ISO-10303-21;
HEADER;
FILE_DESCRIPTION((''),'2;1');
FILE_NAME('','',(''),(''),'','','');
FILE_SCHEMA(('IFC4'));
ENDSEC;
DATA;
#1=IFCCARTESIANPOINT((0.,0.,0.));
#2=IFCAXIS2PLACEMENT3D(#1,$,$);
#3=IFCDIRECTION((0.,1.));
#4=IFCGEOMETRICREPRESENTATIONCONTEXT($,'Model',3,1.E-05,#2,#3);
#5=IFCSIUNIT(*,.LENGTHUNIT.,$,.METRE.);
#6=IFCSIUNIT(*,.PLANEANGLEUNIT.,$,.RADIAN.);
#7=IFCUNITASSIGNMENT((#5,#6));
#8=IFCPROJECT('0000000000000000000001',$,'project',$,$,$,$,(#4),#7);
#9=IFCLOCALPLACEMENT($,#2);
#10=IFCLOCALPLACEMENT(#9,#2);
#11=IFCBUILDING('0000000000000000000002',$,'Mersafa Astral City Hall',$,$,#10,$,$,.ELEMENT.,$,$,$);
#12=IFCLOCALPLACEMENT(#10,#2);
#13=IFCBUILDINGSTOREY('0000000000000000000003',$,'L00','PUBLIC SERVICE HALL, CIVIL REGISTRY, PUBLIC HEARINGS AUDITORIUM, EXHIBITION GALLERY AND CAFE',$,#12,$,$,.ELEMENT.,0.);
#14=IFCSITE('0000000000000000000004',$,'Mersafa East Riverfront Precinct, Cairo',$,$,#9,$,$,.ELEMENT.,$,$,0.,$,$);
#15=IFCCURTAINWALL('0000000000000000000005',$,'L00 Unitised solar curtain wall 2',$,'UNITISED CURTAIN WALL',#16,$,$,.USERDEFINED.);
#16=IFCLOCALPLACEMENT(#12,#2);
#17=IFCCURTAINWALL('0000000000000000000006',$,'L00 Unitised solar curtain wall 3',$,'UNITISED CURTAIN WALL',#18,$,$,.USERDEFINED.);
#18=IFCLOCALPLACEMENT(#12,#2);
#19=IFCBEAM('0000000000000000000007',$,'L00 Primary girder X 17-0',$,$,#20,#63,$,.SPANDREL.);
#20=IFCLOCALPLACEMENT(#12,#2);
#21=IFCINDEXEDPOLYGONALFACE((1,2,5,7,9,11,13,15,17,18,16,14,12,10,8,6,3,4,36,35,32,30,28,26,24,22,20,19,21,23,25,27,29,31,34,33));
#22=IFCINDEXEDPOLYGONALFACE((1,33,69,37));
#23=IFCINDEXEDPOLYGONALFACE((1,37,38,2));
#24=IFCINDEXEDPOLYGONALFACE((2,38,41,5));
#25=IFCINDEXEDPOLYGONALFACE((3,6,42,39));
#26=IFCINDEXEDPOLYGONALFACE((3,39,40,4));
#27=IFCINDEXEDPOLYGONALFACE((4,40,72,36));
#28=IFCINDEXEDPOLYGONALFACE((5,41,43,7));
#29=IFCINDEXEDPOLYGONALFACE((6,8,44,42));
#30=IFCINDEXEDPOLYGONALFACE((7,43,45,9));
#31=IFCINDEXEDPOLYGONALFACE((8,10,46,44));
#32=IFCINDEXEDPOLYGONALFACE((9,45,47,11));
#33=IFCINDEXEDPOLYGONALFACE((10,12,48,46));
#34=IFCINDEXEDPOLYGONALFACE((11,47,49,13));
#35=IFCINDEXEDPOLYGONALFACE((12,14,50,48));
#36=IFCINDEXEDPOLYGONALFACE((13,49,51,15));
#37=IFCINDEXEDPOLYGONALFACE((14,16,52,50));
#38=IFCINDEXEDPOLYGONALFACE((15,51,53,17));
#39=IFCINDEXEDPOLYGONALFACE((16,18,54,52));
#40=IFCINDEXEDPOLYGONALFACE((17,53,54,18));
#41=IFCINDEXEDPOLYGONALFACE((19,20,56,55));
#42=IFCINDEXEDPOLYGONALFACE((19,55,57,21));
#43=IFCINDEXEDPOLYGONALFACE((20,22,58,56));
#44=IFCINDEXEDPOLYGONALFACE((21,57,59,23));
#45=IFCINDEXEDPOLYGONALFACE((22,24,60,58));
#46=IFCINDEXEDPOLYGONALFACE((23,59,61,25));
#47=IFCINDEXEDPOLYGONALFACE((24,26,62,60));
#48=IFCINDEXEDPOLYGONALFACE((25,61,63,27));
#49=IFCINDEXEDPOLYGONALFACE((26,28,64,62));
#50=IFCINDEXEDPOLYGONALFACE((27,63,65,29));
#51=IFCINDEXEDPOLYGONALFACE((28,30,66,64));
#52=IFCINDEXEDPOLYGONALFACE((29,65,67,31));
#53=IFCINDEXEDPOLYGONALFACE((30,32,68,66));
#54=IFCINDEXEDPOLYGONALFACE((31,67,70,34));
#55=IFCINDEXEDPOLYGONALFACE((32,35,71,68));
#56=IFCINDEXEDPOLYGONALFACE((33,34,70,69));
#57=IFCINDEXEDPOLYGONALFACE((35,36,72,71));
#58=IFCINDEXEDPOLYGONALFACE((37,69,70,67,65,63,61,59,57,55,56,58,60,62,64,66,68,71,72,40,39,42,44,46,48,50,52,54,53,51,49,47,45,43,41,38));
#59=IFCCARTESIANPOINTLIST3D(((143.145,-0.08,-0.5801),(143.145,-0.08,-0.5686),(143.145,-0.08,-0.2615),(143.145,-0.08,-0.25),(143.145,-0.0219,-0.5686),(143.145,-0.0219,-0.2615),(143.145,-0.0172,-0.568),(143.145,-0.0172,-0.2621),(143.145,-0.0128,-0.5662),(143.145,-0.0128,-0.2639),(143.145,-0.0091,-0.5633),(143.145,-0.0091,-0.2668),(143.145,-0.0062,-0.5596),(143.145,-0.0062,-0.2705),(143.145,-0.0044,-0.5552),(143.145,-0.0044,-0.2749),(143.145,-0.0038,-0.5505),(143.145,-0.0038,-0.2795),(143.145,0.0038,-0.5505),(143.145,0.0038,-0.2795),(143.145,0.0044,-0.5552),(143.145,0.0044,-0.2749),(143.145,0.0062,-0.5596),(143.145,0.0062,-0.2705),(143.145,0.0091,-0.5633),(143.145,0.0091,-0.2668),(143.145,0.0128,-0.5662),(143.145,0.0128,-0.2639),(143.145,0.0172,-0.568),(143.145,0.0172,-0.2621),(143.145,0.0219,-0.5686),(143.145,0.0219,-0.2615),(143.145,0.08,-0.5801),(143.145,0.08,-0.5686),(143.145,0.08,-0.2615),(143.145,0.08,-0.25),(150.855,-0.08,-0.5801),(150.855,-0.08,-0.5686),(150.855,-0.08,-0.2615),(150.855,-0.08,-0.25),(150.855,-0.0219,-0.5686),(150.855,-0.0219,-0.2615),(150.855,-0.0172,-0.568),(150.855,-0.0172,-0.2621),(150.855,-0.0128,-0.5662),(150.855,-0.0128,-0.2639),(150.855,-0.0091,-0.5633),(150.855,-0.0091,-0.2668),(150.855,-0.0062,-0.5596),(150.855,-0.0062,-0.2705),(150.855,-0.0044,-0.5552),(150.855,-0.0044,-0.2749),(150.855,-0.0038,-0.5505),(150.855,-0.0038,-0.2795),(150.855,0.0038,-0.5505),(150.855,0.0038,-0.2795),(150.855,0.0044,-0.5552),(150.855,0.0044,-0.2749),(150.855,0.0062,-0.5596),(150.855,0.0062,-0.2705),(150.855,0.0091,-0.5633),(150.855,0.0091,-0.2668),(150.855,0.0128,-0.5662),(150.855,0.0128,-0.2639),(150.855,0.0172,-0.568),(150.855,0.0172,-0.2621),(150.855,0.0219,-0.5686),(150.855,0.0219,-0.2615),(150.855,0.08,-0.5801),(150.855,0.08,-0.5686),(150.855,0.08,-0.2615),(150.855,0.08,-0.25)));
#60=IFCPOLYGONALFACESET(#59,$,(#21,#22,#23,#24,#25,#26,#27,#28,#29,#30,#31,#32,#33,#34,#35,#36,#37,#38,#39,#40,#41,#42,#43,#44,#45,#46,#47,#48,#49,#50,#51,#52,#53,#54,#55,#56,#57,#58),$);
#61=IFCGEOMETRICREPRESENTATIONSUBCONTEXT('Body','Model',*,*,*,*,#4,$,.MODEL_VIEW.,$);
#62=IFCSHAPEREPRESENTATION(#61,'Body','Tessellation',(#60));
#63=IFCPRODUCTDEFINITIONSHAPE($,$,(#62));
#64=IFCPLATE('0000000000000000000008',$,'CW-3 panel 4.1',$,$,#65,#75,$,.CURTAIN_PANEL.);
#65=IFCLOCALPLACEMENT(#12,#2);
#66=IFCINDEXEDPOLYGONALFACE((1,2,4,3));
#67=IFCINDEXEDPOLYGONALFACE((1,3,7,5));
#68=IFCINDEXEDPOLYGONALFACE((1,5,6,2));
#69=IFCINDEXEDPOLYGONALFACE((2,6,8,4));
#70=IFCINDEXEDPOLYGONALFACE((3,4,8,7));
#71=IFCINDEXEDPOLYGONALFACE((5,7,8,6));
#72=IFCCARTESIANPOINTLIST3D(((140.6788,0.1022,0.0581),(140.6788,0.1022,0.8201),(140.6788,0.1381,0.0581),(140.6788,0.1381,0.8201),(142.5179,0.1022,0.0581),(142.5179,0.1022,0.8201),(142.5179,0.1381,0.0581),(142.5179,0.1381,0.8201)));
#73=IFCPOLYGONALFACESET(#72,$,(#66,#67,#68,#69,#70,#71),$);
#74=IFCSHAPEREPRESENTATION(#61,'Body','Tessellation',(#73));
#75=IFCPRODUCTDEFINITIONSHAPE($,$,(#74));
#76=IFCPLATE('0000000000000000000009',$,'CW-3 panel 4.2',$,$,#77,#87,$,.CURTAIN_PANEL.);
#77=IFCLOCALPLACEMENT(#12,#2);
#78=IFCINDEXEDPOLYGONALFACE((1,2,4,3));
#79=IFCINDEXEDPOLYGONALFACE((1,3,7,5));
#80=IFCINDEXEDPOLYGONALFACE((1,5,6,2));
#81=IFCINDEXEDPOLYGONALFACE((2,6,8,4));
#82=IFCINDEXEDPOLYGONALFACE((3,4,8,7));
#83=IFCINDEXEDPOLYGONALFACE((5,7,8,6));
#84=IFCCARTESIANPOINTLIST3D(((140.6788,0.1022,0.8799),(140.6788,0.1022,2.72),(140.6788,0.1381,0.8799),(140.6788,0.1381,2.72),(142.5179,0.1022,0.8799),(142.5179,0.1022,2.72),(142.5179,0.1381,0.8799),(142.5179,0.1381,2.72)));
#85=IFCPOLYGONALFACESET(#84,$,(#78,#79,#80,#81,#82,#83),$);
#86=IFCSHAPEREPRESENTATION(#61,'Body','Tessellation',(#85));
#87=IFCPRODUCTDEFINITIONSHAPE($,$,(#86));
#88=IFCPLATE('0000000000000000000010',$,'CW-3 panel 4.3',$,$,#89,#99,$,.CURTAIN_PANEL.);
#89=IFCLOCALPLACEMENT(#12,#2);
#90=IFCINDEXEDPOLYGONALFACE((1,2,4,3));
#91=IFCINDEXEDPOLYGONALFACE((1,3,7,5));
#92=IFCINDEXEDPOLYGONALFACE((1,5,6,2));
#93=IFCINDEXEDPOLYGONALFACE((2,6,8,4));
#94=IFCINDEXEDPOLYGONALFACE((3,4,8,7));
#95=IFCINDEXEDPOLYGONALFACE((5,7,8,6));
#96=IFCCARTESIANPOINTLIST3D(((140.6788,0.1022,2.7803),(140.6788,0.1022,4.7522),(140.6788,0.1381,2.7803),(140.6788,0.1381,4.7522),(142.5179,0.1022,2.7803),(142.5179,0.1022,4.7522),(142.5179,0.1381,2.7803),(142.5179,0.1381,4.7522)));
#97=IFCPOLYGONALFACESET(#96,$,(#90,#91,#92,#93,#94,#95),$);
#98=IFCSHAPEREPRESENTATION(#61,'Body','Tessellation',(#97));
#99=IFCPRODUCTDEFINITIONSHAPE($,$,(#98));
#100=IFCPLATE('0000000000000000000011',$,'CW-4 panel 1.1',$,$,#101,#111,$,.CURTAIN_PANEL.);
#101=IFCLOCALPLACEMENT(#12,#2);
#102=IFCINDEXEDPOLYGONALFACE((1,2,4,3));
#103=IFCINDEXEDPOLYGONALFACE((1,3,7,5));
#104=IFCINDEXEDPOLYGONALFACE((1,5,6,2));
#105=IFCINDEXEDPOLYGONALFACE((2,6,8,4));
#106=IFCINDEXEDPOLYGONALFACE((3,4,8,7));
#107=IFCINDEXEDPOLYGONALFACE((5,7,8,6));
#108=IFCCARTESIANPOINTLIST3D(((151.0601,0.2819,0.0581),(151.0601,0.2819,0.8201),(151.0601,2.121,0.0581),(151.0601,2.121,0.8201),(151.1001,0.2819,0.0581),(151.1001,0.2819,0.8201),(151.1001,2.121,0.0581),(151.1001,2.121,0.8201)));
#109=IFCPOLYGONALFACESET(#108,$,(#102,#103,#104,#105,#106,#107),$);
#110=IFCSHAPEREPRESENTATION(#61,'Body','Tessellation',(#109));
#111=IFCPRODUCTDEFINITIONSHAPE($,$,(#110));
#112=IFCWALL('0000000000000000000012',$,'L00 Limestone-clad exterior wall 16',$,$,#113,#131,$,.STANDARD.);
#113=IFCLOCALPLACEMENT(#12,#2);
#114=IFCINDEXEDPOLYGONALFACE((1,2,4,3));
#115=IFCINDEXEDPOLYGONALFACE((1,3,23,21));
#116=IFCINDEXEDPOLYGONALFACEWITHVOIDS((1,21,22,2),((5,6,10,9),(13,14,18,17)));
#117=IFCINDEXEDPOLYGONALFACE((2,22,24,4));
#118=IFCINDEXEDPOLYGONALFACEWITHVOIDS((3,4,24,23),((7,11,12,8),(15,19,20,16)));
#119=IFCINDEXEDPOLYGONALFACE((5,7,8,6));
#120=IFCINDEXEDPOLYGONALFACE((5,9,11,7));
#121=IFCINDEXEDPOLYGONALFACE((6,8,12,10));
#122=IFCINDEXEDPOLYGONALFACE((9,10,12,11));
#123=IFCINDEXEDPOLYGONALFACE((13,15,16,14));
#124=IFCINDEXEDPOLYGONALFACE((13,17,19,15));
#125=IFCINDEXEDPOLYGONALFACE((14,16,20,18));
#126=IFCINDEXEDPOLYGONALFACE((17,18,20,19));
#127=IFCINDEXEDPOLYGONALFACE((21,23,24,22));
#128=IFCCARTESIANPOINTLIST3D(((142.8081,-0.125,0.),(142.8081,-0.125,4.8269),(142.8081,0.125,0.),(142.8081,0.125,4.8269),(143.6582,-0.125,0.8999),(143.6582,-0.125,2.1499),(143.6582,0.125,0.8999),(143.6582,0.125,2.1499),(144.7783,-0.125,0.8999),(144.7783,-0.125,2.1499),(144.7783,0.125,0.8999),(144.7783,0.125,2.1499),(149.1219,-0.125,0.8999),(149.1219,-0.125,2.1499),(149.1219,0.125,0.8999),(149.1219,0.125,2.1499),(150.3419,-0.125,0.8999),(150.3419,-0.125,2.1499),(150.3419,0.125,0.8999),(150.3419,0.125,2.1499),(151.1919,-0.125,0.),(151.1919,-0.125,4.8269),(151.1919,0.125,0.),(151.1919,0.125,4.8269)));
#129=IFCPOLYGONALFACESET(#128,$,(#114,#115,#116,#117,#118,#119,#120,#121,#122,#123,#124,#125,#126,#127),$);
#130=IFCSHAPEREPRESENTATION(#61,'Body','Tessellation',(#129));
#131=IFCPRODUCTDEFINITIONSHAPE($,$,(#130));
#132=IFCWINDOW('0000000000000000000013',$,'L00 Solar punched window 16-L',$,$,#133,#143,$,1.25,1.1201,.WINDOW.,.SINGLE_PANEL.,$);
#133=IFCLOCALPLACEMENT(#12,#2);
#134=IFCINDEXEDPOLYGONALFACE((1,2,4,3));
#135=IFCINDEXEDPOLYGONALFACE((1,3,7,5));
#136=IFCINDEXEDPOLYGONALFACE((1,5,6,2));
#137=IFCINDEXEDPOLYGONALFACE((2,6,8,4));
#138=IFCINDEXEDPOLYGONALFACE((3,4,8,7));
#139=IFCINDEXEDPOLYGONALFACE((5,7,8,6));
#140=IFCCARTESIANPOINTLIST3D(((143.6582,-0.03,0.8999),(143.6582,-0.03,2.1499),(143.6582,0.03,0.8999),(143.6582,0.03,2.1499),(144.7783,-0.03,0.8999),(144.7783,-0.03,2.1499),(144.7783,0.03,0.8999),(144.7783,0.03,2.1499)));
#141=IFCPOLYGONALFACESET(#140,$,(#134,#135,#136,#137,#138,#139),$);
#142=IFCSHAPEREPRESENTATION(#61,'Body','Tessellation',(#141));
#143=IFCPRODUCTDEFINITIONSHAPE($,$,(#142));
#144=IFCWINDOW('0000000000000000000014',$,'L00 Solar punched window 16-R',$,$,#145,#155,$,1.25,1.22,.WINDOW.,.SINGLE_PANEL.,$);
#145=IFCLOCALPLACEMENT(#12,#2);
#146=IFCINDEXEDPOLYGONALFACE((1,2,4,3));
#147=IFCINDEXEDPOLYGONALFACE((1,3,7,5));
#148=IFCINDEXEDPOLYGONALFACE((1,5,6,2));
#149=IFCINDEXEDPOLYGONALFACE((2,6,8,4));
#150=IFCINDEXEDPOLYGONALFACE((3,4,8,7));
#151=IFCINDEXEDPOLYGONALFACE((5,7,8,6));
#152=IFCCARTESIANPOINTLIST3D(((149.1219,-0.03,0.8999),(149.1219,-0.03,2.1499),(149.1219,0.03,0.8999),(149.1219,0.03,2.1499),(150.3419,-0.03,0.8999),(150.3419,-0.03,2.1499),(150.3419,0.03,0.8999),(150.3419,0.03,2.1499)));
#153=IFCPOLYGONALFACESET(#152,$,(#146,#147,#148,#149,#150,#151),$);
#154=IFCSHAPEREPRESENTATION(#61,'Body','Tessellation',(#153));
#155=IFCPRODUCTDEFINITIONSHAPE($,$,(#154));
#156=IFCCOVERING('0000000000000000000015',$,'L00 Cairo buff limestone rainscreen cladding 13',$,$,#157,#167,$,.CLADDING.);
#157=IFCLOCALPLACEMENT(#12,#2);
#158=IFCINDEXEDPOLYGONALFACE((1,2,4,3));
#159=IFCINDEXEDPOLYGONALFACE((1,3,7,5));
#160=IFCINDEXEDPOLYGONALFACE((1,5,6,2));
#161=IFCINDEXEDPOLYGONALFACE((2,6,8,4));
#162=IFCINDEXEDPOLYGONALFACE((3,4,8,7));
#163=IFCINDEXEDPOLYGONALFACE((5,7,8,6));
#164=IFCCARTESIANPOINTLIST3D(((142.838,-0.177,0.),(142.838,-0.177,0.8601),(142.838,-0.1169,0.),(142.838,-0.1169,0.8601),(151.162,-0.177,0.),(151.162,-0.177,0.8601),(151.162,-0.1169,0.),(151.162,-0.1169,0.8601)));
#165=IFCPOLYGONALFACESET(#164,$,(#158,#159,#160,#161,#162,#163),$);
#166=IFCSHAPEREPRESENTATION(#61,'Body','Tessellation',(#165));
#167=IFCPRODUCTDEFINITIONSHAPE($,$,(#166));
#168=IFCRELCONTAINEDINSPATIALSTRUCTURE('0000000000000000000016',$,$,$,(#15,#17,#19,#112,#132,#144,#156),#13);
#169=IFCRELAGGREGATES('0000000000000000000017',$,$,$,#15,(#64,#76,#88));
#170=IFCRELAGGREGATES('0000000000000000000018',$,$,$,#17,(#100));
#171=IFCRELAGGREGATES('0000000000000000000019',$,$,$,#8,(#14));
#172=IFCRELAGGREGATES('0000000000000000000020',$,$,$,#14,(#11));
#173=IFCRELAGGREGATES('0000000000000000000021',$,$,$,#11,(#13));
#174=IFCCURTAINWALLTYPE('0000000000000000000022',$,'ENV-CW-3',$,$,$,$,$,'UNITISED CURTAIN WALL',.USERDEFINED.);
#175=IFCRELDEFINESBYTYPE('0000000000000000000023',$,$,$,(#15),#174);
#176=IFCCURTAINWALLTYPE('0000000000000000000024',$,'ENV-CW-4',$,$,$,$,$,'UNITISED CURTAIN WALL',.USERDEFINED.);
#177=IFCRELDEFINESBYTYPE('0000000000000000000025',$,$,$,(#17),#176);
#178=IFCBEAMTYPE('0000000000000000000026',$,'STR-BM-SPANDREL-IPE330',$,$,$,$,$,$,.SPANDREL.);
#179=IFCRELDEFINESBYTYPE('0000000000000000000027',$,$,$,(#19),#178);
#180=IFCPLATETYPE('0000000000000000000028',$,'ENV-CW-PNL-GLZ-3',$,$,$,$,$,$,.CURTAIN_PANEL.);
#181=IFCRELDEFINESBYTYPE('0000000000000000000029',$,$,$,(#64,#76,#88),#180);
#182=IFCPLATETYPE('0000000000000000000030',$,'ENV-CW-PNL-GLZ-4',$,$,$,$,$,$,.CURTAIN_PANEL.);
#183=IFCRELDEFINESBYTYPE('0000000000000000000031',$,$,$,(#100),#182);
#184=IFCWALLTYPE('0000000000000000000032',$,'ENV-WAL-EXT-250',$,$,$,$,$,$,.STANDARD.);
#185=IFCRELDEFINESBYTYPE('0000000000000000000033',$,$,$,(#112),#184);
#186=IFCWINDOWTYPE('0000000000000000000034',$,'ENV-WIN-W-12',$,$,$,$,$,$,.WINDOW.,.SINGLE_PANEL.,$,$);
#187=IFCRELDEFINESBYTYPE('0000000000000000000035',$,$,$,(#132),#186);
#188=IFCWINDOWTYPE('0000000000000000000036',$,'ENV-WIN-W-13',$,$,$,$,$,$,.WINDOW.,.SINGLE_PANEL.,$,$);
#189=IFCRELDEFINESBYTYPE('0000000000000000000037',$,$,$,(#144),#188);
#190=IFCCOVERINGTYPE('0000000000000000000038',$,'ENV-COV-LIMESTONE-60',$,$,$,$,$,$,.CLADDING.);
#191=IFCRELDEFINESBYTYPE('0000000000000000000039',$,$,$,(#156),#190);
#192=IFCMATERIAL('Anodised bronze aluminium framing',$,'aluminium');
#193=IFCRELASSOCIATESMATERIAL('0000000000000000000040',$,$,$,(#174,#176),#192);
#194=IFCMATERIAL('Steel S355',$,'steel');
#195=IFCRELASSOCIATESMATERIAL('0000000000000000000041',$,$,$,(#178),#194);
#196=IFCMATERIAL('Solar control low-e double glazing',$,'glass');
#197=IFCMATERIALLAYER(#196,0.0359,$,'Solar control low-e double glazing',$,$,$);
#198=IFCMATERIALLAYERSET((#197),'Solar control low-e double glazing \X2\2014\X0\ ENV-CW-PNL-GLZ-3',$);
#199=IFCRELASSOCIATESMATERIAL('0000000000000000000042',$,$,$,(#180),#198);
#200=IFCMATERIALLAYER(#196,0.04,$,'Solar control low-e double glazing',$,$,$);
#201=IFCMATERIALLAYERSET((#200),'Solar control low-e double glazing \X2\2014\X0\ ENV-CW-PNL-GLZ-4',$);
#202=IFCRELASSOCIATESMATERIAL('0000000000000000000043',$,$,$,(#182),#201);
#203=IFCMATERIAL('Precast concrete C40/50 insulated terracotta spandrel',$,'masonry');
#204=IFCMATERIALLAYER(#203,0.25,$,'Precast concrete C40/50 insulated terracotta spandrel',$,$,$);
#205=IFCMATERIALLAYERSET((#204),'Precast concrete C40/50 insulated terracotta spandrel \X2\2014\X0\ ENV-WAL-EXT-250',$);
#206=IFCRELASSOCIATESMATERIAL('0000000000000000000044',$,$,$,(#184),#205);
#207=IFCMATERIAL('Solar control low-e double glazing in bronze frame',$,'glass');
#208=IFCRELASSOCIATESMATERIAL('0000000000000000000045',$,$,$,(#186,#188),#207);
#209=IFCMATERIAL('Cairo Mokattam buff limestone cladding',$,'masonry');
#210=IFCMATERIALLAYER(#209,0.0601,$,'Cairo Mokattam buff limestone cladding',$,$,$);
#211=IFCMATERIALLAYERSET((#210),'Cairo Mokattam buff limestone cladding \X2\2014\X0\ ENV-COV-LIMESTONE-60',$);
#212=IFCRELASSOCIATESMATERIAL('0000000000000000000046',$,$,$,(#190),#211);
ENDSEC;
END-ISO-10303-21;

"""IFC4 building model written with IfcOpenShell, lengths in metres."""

from ifc_helpers import new_model, si_unit, direction, frame, frame_2d, origin, origin_2d, place, context, subcontext, project, spatial, rectangle, i_section, extrude, material, layer, layer_set, material_profile, profile_set, type_object, element, fill, aggregate, save


model = new_model("IFC4")

# Units and contexts
model_context = context("Model", 3, precision=1e-05, world=origin(), true_north=direction((0.0, 1.0)))
body_context = subcontext(model_context, "Body", "Model", "MODEL_VIEW")
ifc_project = project(units=[si_unit("LENGTHUNIT", "METRE"), si_unit("PLANEANGLEUNIT", "RADIAN")], contexts=[model_context])

# Site, building, storey
site_placement = place(None, origin())
site = spatial("IfcSite", under=ifc_project, at=site_placement, Name="Mersafa East Riverfront Precinct, Cairo", CompositionType="ELEMENT", RefElevation=0.0)
building_placement = place(site_placement, origin())
building = spatial("IfcBuilding", under=site, at=building_placement, Name="Mersafa Astral City Hall", CompositionType="ELEMENT")
storey_placement = place(building_placement, origin())
storey = spatial("IfcBuildingStorey", under=building, at=storey_placement, Name="L00", Description="PUBLIC SERVICE HALL, CIVIL REGISTRY, PUBLIC HEARINGS AUDITORIUM, EXHIBITION GALLERY AND CAFE", CompositionType="ELEMENT", Elevation=0.0)

# Shared definitions
ifc_material_1 = material(Name="Steel S355", Category="steel")

# Curtain walls
ifc_material_2 = material(Name="Anodised bronze aluminium framing", Category="aluminium")
curtain_wall_type_1 = type_object("IfcCurtainWallType", Name="ENV-CW-3", ElementType="UNITISED CURTAIN WALL", PredefinedType="USERDEFINED", material=ifc_material_2)
curtain_wall_1_placement = place(storey_placement, origin())
curtain_wall_1 = element("IfcCurtainWall", 1, at=curtain_wall_1_placement, inside=storey, type_object=curtain_wall_type_1, Name="L00 Unitised solar curtain wall 2", ObjectType="UNITISED CURTAIN WALL", PredefinedType="USERDEFINED")
curtain_wall_type_2 = type_object("IfcCurtainWallType", Name="ENV-CW-4", ElementType="UNITISED CURTAIN WALL", PredefinedType="USERDEFINED", material=ifc_material_2)
curtain_wall_2_placement = place(storey_placement, origin())
curtain_wall_2 = element("IfcCurtainWall", 2, at=curtain_wall_2_placement, inside=storey, type_object=curtain_wall_type_2, Name="L00 Unitised solar curtain wall 3", ObjectType="UNITISED CURTAIN WALL", PredefinedType="USERDEFINED")

# Beam
ifc_material_profile_1 = material_profile(ifc_material_1, i_section(OverallWidth=0.1599, OverallDepth=0.3301, WebThickness=0.0076, FlangeThickness=0.0115, FilletRadius=0.0181, at=origin_2d()), Name="IPE 330")
ifc_profile_set_1 = profile_set([ifc_material_profile_1], Name="Steel S355")
beam_type_1 = type_object("IfcBeamType", Name="STR-BM-SPANDREL-IPE330", PredefinedType="SPANDREL", material=ifc_profile_set_1)
beam_1_placement = place(storey_placement, frame((143.145, 0.0, -0.415), z_axis=(1.0, 0.0, 0.0), x_axis=(0.0, 1.0, 0.0)))
element("IfcBeam", 3, at=beam_1_placement, inside=storey, type_object=beam_type_1, Name="L00 Primary girder X 17-0", PredefinedType="SPANDREL", context=body_context, shape_type="SweptSolid", body=[
    extrude(i_section(OverallWidth=0.1599, OverallDepth=0.3301, WebThickness=0.0076, FlangeThickness=0.0115, FilletRadius=0.0181, at=origin_2d()), origin(), (0.0, 0.0, 1.0), 7.71),
])

# Plates
ifc_material_3 = material(Name="Solar control low-e double glazing", Category="glass")
ifc_layer_1 = layer(ifc_material_3, 0.0359, Name="Solar control low-e double glazing")
ifc_layer_set_1 = layer_set([ifc_layer_1], Name="Solar control low-e double glazing — ENV-CW-PNL-GLZ-3")
plate_type_1 = type_object("IfcPlateType", Name="ENV-CW-PNL-GLZ-3", PredefinedType="CURTAIN_PANEL", material=ifc_layer_set_1)
plate_1_placement = place(storey_placement, frame((141.5984, 0.1201, 0.0581), z_axis=(0.0, 0.0, 1.0), x_axis=(1.0, 0.0, 0.0)))
plate_1 = element("IfcPlate", 4, at=plate_1_placement, type_object=plate_type_1, Name="CW-3 panel 4.1", PredefinedType="CURTAIN_PANEL", context=body_context, shape_type="SweptSolid", body=[
    extrude(rectangle(XDim=1.8391, YDim=0.0359, at=origin_2d()), origin(), (0.0, 0.0, 1.0), 0.762),
])
plate_2_placement = place(storey_placement, frame((141.5984, 0.1201, 0.8799), z_axis=(0.0, 0.0, 1.0), x_axis=(1.0, 0.0, 0.0)))
plate_2 = element("IfcPlate", 5, at=plate_2_placement, type_object=plate_type_1, Name="CW-3 panel 4.2", PredefinedType="CURTAIN_PANEL", context=body_context, shape_type="SweptSolid", body=[
    extrude(rectangle(XDim=1.8391, YDim=0.0359, at=origin_2d()), origin(), (0.0, 0.0, 1.0), 1.8401),
])
plate_3_placement = place(storey_placement, frame((141.5984, 0.1201, 2.7803), z_axis=(0.0, 0.0, 1.0), x_axis=(1.0, 0.0, 0.0)))
plate_3 = element("IfcPlate", 6, at=plate_3_placement, type_object=plate_type_1, Name="CW-3 panel 4.3", PredefinedType="CURTAIN_PANEL", context=body_context, shape_type="SweptSolid", body=[
    extrude(rectangle(XDim=1.8391, YDim=0.0359, at=origin_2d()), origin(), (0.0, 0.0, 1.0), 1.9719),
])
aggregate(curtain_wall_1, [plate_1, plate_2, plate_3])
ifc_layer_2 = layer(ifc_material_3, 0.04, Name="Solar control low-e double glazing")
ifc_layer_set_2 = layer_set([ifc_layer_2], Name="Solar control low-e double glazing — ENV-CW-PNL-GLZ-4")
plate_type_2 = type_object("IfcPlateType", Name="ENV-CW-PNL-GLZ-4", PredefinedType="CURTAIN_PANEL", material=ifc_layer_set_2)
plate_4_placement = place(storey_placement, frame((151.0801, 1.2014, 0.0581), z_axis=(0.0, 0.0, 1.0), x_axis=(0.0, 1.0, 0.0)))
plate_4 = element("IfcPlate", 7, at=plate_4_placement, type_object=plate_type_2, Name="CW-4 panel 1.1", PredefinedType="CURTAIN_PANEL", context=body_context, shape_type="SweptSolid", body=[
    extrude(rectangle(XDim=1.8391, YDim=0.04, at=origin_2d()), origin(), (0.0, 0.0, 1.0), 0.762),
])
aggregate(curtain_wall_2, [plate_4])

# Wall, openings, windows
ifc_material_4 = material(Name="Precast concrete C40/50 insulated terracotta spandrel", Category="masonry")
ifc_layer_3 = layer(ifc_material_4, 0.25, Name="Precast concrete C40/50 insulated terracotta spandrel")
ifc_layer_set_3 = layer_set([ifc_layer_3], Name="Precast concrete C40/50 insulated terracotta spandrel — ENV-WAL-EXT-250")
wall_type = type_object("IfcWallType", Name="ENV-WAL-EXT-250", PredefinedType="STANDARD", material=ifc_layer_set_3)
wall_placement = place(storey_placement, frame((142.8081, 0.0, 0.0), z_axis=(0.0, 0.0, 1.0), x_axis=(1.0, 0.0, 0.0)))
wall = element("IfcWall", 8, at=wall_placement, inside=storey, type_object=wall_type, Name="L00 Limestone-clad exterior wall 16", PredefinedType="STANDARD", context=body_context, shape_type="SweptSolid", body=[
    extrude(rectangle(XDim=8.3838, YDim=0.25, at=frame_2d((4.1919, 0.0))), origin(), (0.0, 0.0, 1.0), 4.8269),
])
opening_1_placement = place(wall_placement, frame((0.8501, 0.0, 0.8999)))
opening_1 = element("IfcOpeningElement", 9, at=opening_1_placement, cuts=wall, PredefinedType="OPENING", context=body_context, shape_type="SweptSolid", body=[
    extrude(rectangle(XDim=1.1201, YDim=1.25, at=frame_2d((0.5601, 0.625))), frame((0.0, 0.135, 0.0), z_axis=(0.0, -1.0, 0.0), x_axis=(1.0, 0.0, 0.0)), (0.0, 0.0, 1.0), 0.27),
])
opening_2_placement = place(wall_placement, frame((6.314, 0.0, 0.8999)))
opening_2 = element("IfcOpeningElement", 10, at=opening_2_placement, cuts=wall, PredefinedType="OPENING", context=body_context, shape_type="SweptSolid", body=[
    extrude(rectangle(XDim=1.22, YDim=1.25, at=frame_2d((0.6099, 0.625))), frame((0.0, 0.135, 0.0), z_axis=(0.0, -1.0, 0.0), x_axis=(1.0, 0.0, 0.0)), (0.0, 0.0, 1.0), 0.27),
])
ifc_material_5 = material(Name="Solar control low-e double glazing in bronze frame", Category="glass")
window_type_1 = type_object("IfcWindowType", Name="ENV-WIN-W-12", PartitioningType="SINGLE_PANEL", PredefinedType="WINDOW", material=ifc_material_5)
window_1_placement = place(opening_1_placement, origin())
window_1 = element("IfcWindow", 11, at=window_1_placement, inside=storey, type_object=window_type_1, Name="L00 Solar punched window 16-L", OverallHeight=1.25, OverallWidth=1.1201, PartitioningType="SINGLE_PANEL", PredefinedType="WINDOW", context=body_context, shape_type="SweptSolid", body=[
    extrude(rectangle(XDim=1.1201, YDim=1.25, at=frame_2d((0.5601, 0.625))), frame((0.0, 0.03, 0.0), z_axis=(0.0, -1.0, 0.0), x_axis=(1.0, 0.0, 0.0)), (0.0, 0.0, 1.0), 0.0601),
])
fill(opening_1, window_1)
window_type_2 = type_object("IfcWindowType", Name="ENV-WIN-W-13", PartitioningType="SINGLE_PANEL", PredefinedType="WINDOW", material=ifc_material_5)
window_2_placement = place(opening_2_placement, origin())
window_2 = element("IfcWindow", 12, at=window_2_placement, inside=storey, type_object=window_type_2, Name="L00 Solar punched window 16-R", OverallHeight=1.25, OverallWidth=1.22, PartitioningType="SINGLE_PANEL", PredefinedType="WINDOW", context=body_context, shape_type="SweptSolid", body=[
    extrude(rectangle(XDim=1.22, YDim=1.25, at=frame_2d((0.6099, 0.625))), frame((0.0, 0.03, 0.0), z_axis=(0.0, -1.0, 0.0), x_axis=(1.0, 0.0, 0.0)), (0.0, 0.0, 1.0), 0.0601),
])
fill(opening_2, window_2)

# Covering
ifc_material_6 = material(Name="Cairo Mokattam buff limestone cladding", Category="masonry")
ifc_layer_4 = layer(ifc_material_6, 0.0601, Name="Cairo Mokattam buff limestone cladding")
ifc_layer_set_4 = layer_set([ifc_layer_4], Name="Cairo Mokattam buff limestone cladding — ENV-COV-LIMESTONE-60")
covering_type = type_object("IfcCoveringType", Name="ENV-COV-LIMESTONE-60", PredefinedType="CLADDING", material=ifc_layer_set_4)
covering_placement = place(storey_placement, frame((147.0, -0.147, 0.0), z_axis=(0.0, 0.0, 1.0), x_axis=(1.0, 0.0, 0.0)))
element("IfcCovering", 13, at=covering_placement, inside=storey, type_object=covering_type, Name="L00 Cairo buff limestone rainscreen cladding 13", PredefinedType="CLADDING", context=body_context, shape_type="SweptSolid", body=[
    extrude(rectangle(XDim=8.324, YDim=0.0601, at=origin_2d()), origin(), (0.0, 0.0, 1.0), 0.8601),
])

save(model, "model.ifc")
